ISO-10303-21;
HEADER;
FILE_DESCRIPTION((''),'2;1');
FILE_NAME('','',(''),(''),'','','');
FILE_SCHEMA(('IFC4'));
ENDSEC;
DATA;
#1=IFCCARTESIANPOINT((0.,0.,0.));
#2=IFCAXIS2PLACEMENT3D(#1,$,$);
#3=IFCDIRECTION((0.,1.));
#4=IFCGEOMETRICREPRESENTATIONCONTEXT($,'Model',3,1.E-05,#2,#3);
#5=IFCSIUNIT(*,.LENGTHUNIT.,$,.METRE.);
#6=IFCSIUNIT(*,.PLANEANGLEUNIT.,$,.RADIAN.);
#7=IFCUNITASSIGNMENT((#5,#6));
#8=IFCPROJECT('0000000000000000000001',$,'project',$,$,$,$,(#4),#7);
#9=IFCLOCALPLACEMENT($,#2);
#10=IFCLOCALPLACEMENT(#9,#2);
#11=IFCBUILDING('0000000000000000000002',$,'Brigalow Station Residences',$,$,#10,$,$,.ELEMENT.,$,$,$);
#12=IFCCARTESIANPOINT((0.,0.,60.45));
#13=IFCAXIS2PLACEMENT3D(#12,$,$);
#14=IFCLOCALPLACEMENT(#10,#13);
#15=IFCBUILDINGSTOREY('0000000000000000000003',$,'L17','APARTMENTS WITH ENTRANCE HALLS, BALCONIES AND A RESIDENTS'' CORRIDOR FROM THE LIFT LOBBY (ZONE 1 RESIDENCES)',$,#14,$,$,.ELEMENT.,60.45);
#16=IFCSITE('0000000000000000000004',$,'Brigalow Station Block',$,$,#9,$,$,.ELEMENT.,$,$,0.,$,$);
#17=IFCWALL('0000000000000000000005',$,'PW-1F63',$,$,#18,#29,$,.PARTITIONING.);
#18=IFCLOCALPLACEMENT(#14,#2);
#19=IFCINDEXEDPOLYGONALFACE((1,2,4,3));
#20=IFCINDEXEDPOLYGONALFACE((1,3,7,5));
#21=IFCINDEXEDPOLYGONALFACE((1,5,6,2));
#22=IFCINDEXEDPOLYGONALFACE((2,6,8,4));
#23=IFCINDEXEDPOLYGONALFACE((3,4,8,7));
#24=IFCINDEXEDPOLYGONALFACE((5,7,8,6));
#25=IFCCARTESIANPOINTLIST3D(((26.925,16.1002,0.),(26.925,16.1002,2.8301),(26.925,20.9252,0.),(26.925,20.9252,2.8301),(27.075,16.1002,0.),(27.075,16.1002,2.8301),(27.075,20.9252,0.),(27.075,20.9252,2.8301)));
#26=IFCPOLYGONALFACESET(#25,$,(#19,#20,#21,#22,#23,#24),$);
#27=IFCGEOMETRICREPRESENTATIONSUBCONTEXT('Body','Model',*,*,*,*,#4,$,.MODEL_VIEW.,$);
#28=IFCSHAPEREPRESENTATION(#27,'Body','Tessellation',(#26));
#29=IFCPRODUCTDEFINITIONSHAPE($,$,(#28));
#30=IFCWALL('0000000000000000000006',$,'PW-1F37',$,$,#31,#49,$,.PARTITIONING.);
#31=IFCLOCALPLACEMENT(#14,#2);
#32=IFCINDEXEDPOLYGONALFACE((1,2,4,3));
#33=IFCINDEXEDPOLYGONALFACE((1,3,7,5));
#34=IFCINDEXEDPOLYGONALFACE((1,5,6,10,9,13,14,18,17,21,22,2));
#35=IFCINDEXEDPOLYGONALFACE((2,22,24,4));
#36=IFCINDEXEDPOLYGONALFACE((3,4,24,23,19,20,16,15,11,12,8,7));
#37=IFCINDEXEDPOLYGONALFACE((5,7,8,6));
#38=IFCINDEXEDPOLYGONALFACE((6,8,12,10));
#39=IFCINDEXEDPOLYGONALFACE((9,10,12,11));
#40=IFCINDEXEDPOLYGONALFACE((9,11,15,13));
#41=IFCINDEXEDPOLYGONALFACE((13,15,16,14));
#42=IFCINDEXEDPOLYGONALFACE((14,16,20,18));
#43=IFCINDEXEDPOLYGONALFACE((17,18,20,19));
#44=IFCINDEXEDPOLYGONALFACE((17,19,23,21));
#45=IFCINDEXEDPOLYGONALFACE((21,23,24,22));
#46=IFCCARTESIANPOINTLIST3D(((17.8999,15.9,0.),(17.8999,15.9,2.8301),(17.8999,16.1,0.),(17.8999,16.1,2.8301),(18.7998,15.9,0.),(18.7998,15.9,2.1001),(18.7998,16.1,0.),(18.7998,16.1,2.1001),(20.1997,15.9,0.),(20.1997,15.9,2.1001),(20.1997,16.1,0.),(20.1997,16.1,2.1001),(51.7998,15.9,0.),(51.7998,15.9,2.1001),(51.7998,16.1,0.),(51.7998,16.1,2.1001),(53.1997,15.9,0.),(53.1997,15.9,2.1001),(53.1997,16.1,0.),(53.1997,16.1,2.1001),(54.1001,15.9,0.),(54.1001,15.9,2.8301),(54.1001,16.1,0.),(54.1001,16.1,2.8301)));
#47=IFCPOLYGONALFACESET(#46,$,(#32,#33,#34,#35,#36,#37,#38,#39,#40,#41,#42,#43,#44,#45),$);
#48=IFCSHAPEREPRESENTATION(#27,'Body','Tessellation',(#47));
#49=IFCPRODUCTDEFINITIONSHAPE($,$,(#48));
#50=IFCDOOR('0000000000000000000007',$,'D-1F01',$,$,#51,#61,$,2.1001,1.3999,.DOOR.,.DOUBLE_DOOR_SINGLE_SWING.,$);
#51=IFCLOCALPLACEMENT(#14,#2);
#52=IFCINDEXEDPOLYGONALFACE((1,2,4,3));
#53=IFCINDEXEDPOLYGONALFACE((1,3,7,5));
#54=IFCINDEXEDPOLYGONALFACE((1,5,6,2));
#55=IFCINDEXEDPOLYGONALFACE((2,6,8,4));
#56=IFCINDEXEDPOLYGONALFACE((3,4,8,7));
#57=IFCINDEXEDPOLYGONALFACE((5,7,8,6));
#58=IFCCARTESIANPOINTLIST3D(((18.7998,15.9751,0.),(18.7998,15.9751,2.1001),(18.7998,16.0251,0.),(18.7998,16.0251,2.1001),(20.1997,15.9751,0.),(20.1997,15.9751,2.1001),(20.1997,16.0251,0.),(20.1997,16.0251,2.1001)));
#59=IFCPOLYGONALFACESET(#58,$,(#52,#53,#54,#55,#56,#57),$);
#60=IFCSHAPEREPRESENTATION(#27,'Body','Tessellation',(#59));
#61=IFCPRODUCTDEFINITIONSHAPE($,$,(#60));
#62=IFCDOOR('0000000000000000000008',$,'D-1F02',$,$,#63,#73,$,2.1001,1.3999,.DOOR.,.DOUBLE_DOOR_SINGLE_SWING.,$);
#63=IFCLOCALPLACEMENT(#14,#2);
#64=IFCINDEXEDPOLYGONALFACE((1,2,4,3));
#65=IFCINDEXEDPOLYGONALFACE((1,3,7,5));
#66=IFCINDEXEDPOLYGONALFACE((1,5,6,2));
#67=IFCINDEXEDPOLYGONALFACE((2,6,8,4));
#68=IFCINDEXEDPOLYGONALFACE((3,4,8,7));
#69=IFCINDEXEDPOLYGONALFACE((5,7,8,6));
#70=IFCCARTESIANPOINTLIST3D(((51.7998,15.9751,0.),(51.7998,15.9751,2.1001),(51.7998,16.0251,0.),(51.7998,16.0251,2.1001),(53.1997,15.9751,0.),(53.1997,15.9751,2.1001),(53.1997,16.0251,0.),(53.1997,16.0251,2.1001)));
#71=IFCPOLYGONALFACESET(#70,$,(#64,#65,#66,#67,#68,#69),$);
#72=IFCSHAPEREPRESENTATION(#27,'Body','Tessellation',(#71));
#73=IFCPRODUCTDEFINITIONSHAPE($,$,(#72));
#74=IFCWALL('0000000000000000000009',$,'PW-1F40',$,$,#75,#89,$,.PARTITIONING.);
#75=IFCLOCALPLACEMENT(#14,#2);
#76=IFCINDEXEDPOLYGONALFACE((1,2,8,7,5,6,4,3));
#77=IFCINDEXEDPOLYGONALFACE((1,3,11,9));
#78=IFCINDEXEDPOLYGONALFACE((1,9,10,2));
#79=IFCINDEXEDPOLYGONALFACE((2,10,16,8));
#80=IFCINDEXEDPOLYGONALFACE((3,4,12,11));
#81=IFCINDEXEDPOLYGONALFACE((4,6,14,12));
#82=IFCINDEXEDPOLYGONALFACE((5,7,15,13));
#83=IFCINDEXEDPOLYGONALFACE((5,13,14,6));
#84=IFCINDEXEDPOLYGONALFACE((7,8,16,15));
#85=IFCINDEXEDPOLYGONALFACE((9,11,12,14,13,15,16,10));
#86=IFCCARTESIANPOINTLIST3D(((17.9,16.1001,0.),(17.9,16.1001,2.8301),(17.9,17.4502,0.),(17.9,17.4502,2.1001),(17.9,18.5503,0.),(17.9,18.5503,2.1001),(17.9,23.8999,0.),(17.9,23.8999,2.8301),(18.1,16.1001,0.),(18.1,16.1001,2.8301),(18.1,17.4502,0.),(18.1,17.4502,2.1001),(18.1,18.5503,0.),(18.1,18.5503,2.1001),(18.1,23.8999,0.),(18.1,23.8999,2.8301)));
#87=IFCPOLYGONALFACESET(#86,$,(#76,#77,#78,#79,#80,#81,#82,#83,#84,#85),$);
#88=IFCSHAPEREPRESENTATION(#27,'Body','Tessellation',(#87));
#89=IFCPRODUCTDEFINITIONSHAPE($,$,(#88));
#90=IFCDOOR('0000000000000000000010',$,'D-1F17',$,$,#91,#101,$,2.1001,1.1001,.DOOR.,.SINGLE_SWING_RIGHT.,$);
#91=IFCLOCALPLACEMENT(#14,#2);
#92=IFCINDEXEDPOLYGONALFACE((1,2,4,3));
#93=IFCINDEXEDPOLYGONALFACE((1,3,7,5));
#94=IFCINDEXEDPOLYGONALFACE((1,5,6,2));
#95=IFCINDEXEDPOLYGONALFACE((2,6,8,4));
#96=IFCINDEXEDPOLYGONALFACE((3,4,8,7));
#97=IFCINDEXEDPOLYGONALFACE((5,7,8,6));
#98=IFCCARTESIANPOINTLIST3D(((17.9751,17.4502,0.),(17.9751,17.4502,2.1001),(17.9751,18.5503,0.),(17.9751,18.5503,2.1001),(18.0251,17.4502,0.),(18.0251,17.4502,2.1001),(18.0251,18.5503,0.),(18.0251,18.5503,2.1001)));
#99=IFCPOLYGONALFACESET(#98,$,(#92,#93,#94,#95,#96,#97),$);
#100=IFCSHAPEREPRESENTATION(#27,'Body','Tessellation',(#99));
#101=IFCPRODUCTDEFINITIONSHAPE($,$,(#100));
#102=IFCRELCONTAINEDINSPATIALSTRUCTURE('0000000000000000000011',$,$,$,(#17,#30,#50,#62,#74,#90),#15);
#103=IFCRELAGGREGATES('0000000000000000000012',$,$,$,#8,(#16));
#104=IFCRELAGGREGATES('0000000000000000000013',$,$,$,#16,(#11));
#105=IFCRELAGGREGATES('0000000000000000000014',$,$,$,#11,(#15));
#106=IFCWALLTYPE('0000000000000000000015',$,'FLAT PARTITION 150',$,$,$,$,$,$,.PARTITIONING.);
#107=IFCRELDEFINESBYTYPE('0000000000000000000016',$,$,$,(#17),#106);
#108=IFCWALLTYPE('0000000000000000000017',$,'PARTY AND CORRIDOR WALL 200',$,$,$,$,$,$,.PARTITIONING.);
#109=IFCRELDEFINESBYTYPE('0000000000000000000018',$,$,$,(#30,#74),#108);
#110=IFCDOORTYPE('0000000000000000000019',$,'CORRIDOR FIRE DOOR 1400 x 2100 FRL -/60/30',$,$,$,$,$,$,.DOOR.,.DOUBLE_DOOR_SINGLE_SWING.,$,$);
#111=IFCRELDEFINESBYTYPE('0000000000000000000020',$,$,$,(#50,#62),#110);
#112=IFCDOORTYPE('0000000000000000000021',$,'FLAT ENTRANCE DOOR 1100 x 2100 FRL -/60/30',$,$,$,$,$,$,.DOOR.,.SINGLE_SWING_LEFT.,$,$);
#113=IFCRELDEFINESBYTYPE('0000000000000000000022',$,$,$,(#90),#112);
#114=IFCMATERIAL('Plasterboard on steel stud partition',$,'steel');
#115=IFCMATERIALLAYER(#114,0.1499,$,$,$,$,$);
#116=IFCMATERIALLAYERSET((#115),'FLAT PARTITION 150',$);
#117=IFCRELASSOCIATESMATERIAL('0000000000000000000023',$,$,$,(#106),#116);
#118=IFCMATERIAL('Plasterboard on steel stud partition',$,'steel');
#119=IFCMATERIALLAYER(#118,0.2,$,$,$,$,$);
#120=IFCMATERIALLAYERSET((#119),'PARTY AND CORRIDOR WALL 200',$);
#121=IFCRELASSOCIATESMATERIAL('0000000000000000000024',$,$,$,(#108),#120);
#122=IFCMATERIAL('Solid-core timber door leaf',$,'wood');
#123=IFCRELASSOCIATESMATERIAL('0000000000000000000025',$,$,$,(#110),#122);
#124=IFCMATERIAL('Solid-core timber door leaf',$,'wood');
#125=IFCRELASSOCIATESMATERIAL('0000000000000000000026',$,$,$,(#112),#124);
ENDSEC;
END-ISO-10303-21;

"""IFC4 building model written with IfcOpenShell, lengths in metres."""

from ifc_helpers import new_model, si_unit, direction, frame, frame_2d, origin, place, context, subcontext, project, spatial, rectangle, extrude, material, layer, layer_set, type_object, element, fill, save


model = new_model("IFC4")

# Units and contexts
model_context = context("Model", 3, precision=1e-05, world=origin(), true_north=direction((0.0, 1.0)))
body_context = subcontext(model_context, "Body", "Model", "MODEL_VIEW")
ifc_project = project(units=[si_unit("LENGTHUNIT", "METRE"), si_unit("PLANEANGLEUNIT", "RADIAN")], contexts=[model_context])

# Site, building, storey
site_placement = place(None, origin())
site = spatial("IfcSite", under=ifc_project, at=site_placement, Name="Brigalow Station Block", CompositionType="ELEMENT", RefElevation=0.0)
building_placement = place(site_placement, origin())
building = spatial("IfcBuilding", under=site, at=building_placement, Name="Brigalow Station Residences", CompositionType="ELEMENT")
storey_placement = place(building_placement, frame((0.0, 0.0, 60.45)))
storey = spatial("IfcBuildingStorey", under=building, at=storey_placement, Name="L17", Description="APARTMENTS WITH ENTRANCE HALLS, BALCONIES AND A RESIDENTS' CORRIDOR FROM THE LIFT LOBBY (ZONE 1 RESIDENCES)", CompositionType="ELEMENT", Elevation=60.45)

# Shared definitions
ifc_material_1 = material(Name="Plasterboard on steel stud partition", Category="steel")
ifc_layer_1 = layer(ifc_material_1, 0.1499)
ifc_layer_set_1 = layer_set([ifc_layer_1], Name="FLAT PARTITION 150")
wall_type_1 = type_object("IfcWallType", Name="FLAT PARTITION 150", PredefinedType="PARTITIONING", material=ifc_layer_set_1)

# Wall
wall_1_placement = place(storey_placement, frame((27.0, 16.1001, 0.0), z_axis=(0.0, 0.0, 1.0), x_axis=(0.0, 1.0, 0.0)))
element("IfcWall", 1, at=wall_1_placement, inside=storey, type_object=wall_type_1, Name="PW-1F63", PredefinedType="PARTITIONING", context=body_context, shape_type="SweptSolid", body=[
    extrude(rectangle(XDim=4.825, YDim=0.1499, at=frame_2d((2.4126, 0.0))), origin(), (0.0, 0.0, 1.0), 2.8301),
])

# Wall, openings, doors
ifc_material_2 = material(Name="Plasterboard on steel stud partition", Category="steel")
ifc_layer_2 = layer(ifc_material_2, 0.2)
ifc_layer_set_2 = layer_set([ifc_layer_2], Name="PARTY AND CORRIDOR WALL 200")
wall_type_2 = type_object("IfcWallType", Name="PARTY AND CORRIDOR WALL 200", PredefinedType="PARTITIONING", material=ifc_layer_set_2)
wall_2_placement = place(storey_placement, frame((17.8999, 16.0, 0.0), z_axis=(0.0, 0.0, 1.0), x_axis=(1.0, 0.0, 0.0)))
wall_2 = element("IfcWall", 2, at=wall_2_placement, inside=storey, type_object=wall_type_2, Name="PW-1F37", PredefinedType="PARTITIONING", context=body_context, shape_type="SweptSolid", body=[
    extrude(rectangle(XDim=36.2002, YDim=0.2, at=frame_2d((18.1001, 0.0))), origin(), (0.0, 0.0, 1.0), 2.8301),
])
opening_1_placement = place(wall_2_placement, frame((0.8999, 0.0, 0.0)))
opening_1 = element("IfcOpeningElement", 3, at=opening_1_placement, cuts=wall_2, PredefinedType="OPENING", context=body_context, shape_type="SweptSolid", body=[
    extrude(rectangle(XDim=1.3999, YDim=2.1001, at=frame_2d((0.7, 1.05))), frame((0.0, 0.1099, 0.0), z_axis=(0.0, -1.0, 0.0), x_axis=(1.0, 0.0, 0.0)), (0.0, 0.0, 1.0), 0.22),
])
opening_2_placement = place(wall_2_placement, frame((33.8999, 0.0, 0.0)))
opening_2 = element("IfcOpeningElement", 4, at=opening_2_placement, cuts=wall_2, PredefinedType="OPENING", context=body_context, shape_type="SweptSolid", body=[
    extrude(rectangle(XDim=1.3999, YDim=2.1001, at=frame_2d((0.7, 1.05))), frame((0.0, 0.1099, 0.0), z_axis=(0.0, -1.0, 0.0), x_axis=(1.0, 0.0, 0.0)), (0.0, 0.0, 1.0), 0.22),
])
ifc_material_3 = material(Name="Solid-core timber door leaf", Category="wood")
door_type_1 = type_object("IfcDoorType", Name="CORRIDOR FIRE DOOR 1400 x 2100 FRL -/60/30", OperationType="DOUBLE_DOOR_SINGLE_SWING", PredefinedType="DOOR", material=ifc_material_3)
door_1_placement = place(opening_1_placement, frame((1.3999, 0.0, 0.0), z_axis=(0.0, 0.0, 1.0), x_axis=(-1.0, 0.0, 0.0)))
door_1 = element("IfcDoor", 5, at=door_1_placement, inside=storey, type_object=door_type_1, Name="D-1F01", OperationType="DOUBLE_DOOR_SINGLE_SWING", OverallHeight=2.1001, OverallWidth=1.3999, PredefinedType="DOOR", context=body_context, shape_type="SweptSolid", body=[
    extrude(rectangle(XDim=1.3999, YDim=2.1001, at=frame_2d((0.7, 1.05))), frame((0.0, 0.0249, 0.0), z_axis=(0.0, -1.0, 0.0), x_axis=(1.0, 0.0, 0.0)), (0.0, 0.0, 1.0), 0.05),
])
fill(opening_1, door_1)
door_2_placement = place(opening_2_placement, frame((1.3999, 0.0, 0.0), z_axis=(0.0, 0.0, 1.0), x_axis=(-1.0, 0.0, 0.0)))
door_2 = element("IfcDoor", 6, at=door_2_placement, inside=storey, type_object=door_type_1, Name="D-1F02", OperationType="DOUBLE_DOOR_SINGLE_SWING", OverallHeight=2.1001, OverallWidth=1.3999, PredefinedType="DOOR", context=body_context, shape_type="SweptSolid", body=[
    extrude(rectangle(XDim=1.3999, YDim=2.1001, at=frame_2d((0.7, 1.05))), frame((0.0, 0.0249, 0.0), z_axis=(0.0, -1.0, 0.0), x_axis=(1.0, 0.0, 0.0)), (0.0, 0.0, 1.0), 0.05),
])
fill(opening_2, door_2)

# Wall, opening, door
wall_3_placement = place(storey_placement, frame((18.0, 16.1001, 0.0), z_axis=(0.0, 0.0, 1.0), x_axis=(0.0, 1.0, 0.0)))
wall_3 = element("IfcWall", 7, at=wall_3_placement, inside=storey, type_object=wall_type_2, Name="PW-1F40", PredefinedType="PARTITIONING", context=body_context, shape_type="SweptSolid", body=[
    extrude(rectangle(XDim=7.7998, YDim=0.2, at=frame_2d((3.8999, 0.0))), origin(), (0.0, 0.0, 1.0), 2.8301),
])
opening_3_placement = place(wall_3_placement, frame((1.3501, 0.0, 0.0)))
opening_3 = element("IfcOpeningElement", 8, at=opening_3_placement, cuts=wall_3, PredefinedType="OPENING", context=body_context, shape_type="SweptSolid", body=[
    extrude(rectangle(XDim=1.1001, YDim=2.1001, at=frame_2d((0.55, 1.05))), frame((0.0, 0.1099, 0.0), z_axis=(0.0, -1.0, 0.0), x_axis=(1.0, 0.0, 0.0)), (0.0, 0.0, 1.0), 0.22),
])
ifc_material_4 = material(Name="Solid-core timber door leaf", Category="wood")
door_type_2 = type_object("IfcDoorType", Name="FLAT ENTRANCE DOOR 1100 x 2100 FRL -/60/30", OperationType="SINGLE_SWING_LEFT", PredefinedType="DOOR", material=ifc_material_4)
door_3_placement = place(opening_3_placement, origin())
door_3 = element("IfcDoor", 9, at=door_3_placement, inside=storey, type_object=door_type_2, Name="D-1F17", OperationType="SINGLE_SWING_RIGHT", OverallHeight=2.1001, OverallWidth=1.1001, PredefinedType="DOOR", context=body_context, shape_type="SweptSolid", body=[
    extrude(rectangle(XDim=1.1001, YDim=2.1001, at=frame_2d((0.55, 1.05))), frame((0.0, 0.0249, 0.0), z_axis=(0.0, -1.0, 0.0), x_axis=(1.0, 0.0, 0.0)), (0.0, 0.0, 1.0), 0.05),
])
fill(opening_3, door_3)

save(model, "model.ifc")
